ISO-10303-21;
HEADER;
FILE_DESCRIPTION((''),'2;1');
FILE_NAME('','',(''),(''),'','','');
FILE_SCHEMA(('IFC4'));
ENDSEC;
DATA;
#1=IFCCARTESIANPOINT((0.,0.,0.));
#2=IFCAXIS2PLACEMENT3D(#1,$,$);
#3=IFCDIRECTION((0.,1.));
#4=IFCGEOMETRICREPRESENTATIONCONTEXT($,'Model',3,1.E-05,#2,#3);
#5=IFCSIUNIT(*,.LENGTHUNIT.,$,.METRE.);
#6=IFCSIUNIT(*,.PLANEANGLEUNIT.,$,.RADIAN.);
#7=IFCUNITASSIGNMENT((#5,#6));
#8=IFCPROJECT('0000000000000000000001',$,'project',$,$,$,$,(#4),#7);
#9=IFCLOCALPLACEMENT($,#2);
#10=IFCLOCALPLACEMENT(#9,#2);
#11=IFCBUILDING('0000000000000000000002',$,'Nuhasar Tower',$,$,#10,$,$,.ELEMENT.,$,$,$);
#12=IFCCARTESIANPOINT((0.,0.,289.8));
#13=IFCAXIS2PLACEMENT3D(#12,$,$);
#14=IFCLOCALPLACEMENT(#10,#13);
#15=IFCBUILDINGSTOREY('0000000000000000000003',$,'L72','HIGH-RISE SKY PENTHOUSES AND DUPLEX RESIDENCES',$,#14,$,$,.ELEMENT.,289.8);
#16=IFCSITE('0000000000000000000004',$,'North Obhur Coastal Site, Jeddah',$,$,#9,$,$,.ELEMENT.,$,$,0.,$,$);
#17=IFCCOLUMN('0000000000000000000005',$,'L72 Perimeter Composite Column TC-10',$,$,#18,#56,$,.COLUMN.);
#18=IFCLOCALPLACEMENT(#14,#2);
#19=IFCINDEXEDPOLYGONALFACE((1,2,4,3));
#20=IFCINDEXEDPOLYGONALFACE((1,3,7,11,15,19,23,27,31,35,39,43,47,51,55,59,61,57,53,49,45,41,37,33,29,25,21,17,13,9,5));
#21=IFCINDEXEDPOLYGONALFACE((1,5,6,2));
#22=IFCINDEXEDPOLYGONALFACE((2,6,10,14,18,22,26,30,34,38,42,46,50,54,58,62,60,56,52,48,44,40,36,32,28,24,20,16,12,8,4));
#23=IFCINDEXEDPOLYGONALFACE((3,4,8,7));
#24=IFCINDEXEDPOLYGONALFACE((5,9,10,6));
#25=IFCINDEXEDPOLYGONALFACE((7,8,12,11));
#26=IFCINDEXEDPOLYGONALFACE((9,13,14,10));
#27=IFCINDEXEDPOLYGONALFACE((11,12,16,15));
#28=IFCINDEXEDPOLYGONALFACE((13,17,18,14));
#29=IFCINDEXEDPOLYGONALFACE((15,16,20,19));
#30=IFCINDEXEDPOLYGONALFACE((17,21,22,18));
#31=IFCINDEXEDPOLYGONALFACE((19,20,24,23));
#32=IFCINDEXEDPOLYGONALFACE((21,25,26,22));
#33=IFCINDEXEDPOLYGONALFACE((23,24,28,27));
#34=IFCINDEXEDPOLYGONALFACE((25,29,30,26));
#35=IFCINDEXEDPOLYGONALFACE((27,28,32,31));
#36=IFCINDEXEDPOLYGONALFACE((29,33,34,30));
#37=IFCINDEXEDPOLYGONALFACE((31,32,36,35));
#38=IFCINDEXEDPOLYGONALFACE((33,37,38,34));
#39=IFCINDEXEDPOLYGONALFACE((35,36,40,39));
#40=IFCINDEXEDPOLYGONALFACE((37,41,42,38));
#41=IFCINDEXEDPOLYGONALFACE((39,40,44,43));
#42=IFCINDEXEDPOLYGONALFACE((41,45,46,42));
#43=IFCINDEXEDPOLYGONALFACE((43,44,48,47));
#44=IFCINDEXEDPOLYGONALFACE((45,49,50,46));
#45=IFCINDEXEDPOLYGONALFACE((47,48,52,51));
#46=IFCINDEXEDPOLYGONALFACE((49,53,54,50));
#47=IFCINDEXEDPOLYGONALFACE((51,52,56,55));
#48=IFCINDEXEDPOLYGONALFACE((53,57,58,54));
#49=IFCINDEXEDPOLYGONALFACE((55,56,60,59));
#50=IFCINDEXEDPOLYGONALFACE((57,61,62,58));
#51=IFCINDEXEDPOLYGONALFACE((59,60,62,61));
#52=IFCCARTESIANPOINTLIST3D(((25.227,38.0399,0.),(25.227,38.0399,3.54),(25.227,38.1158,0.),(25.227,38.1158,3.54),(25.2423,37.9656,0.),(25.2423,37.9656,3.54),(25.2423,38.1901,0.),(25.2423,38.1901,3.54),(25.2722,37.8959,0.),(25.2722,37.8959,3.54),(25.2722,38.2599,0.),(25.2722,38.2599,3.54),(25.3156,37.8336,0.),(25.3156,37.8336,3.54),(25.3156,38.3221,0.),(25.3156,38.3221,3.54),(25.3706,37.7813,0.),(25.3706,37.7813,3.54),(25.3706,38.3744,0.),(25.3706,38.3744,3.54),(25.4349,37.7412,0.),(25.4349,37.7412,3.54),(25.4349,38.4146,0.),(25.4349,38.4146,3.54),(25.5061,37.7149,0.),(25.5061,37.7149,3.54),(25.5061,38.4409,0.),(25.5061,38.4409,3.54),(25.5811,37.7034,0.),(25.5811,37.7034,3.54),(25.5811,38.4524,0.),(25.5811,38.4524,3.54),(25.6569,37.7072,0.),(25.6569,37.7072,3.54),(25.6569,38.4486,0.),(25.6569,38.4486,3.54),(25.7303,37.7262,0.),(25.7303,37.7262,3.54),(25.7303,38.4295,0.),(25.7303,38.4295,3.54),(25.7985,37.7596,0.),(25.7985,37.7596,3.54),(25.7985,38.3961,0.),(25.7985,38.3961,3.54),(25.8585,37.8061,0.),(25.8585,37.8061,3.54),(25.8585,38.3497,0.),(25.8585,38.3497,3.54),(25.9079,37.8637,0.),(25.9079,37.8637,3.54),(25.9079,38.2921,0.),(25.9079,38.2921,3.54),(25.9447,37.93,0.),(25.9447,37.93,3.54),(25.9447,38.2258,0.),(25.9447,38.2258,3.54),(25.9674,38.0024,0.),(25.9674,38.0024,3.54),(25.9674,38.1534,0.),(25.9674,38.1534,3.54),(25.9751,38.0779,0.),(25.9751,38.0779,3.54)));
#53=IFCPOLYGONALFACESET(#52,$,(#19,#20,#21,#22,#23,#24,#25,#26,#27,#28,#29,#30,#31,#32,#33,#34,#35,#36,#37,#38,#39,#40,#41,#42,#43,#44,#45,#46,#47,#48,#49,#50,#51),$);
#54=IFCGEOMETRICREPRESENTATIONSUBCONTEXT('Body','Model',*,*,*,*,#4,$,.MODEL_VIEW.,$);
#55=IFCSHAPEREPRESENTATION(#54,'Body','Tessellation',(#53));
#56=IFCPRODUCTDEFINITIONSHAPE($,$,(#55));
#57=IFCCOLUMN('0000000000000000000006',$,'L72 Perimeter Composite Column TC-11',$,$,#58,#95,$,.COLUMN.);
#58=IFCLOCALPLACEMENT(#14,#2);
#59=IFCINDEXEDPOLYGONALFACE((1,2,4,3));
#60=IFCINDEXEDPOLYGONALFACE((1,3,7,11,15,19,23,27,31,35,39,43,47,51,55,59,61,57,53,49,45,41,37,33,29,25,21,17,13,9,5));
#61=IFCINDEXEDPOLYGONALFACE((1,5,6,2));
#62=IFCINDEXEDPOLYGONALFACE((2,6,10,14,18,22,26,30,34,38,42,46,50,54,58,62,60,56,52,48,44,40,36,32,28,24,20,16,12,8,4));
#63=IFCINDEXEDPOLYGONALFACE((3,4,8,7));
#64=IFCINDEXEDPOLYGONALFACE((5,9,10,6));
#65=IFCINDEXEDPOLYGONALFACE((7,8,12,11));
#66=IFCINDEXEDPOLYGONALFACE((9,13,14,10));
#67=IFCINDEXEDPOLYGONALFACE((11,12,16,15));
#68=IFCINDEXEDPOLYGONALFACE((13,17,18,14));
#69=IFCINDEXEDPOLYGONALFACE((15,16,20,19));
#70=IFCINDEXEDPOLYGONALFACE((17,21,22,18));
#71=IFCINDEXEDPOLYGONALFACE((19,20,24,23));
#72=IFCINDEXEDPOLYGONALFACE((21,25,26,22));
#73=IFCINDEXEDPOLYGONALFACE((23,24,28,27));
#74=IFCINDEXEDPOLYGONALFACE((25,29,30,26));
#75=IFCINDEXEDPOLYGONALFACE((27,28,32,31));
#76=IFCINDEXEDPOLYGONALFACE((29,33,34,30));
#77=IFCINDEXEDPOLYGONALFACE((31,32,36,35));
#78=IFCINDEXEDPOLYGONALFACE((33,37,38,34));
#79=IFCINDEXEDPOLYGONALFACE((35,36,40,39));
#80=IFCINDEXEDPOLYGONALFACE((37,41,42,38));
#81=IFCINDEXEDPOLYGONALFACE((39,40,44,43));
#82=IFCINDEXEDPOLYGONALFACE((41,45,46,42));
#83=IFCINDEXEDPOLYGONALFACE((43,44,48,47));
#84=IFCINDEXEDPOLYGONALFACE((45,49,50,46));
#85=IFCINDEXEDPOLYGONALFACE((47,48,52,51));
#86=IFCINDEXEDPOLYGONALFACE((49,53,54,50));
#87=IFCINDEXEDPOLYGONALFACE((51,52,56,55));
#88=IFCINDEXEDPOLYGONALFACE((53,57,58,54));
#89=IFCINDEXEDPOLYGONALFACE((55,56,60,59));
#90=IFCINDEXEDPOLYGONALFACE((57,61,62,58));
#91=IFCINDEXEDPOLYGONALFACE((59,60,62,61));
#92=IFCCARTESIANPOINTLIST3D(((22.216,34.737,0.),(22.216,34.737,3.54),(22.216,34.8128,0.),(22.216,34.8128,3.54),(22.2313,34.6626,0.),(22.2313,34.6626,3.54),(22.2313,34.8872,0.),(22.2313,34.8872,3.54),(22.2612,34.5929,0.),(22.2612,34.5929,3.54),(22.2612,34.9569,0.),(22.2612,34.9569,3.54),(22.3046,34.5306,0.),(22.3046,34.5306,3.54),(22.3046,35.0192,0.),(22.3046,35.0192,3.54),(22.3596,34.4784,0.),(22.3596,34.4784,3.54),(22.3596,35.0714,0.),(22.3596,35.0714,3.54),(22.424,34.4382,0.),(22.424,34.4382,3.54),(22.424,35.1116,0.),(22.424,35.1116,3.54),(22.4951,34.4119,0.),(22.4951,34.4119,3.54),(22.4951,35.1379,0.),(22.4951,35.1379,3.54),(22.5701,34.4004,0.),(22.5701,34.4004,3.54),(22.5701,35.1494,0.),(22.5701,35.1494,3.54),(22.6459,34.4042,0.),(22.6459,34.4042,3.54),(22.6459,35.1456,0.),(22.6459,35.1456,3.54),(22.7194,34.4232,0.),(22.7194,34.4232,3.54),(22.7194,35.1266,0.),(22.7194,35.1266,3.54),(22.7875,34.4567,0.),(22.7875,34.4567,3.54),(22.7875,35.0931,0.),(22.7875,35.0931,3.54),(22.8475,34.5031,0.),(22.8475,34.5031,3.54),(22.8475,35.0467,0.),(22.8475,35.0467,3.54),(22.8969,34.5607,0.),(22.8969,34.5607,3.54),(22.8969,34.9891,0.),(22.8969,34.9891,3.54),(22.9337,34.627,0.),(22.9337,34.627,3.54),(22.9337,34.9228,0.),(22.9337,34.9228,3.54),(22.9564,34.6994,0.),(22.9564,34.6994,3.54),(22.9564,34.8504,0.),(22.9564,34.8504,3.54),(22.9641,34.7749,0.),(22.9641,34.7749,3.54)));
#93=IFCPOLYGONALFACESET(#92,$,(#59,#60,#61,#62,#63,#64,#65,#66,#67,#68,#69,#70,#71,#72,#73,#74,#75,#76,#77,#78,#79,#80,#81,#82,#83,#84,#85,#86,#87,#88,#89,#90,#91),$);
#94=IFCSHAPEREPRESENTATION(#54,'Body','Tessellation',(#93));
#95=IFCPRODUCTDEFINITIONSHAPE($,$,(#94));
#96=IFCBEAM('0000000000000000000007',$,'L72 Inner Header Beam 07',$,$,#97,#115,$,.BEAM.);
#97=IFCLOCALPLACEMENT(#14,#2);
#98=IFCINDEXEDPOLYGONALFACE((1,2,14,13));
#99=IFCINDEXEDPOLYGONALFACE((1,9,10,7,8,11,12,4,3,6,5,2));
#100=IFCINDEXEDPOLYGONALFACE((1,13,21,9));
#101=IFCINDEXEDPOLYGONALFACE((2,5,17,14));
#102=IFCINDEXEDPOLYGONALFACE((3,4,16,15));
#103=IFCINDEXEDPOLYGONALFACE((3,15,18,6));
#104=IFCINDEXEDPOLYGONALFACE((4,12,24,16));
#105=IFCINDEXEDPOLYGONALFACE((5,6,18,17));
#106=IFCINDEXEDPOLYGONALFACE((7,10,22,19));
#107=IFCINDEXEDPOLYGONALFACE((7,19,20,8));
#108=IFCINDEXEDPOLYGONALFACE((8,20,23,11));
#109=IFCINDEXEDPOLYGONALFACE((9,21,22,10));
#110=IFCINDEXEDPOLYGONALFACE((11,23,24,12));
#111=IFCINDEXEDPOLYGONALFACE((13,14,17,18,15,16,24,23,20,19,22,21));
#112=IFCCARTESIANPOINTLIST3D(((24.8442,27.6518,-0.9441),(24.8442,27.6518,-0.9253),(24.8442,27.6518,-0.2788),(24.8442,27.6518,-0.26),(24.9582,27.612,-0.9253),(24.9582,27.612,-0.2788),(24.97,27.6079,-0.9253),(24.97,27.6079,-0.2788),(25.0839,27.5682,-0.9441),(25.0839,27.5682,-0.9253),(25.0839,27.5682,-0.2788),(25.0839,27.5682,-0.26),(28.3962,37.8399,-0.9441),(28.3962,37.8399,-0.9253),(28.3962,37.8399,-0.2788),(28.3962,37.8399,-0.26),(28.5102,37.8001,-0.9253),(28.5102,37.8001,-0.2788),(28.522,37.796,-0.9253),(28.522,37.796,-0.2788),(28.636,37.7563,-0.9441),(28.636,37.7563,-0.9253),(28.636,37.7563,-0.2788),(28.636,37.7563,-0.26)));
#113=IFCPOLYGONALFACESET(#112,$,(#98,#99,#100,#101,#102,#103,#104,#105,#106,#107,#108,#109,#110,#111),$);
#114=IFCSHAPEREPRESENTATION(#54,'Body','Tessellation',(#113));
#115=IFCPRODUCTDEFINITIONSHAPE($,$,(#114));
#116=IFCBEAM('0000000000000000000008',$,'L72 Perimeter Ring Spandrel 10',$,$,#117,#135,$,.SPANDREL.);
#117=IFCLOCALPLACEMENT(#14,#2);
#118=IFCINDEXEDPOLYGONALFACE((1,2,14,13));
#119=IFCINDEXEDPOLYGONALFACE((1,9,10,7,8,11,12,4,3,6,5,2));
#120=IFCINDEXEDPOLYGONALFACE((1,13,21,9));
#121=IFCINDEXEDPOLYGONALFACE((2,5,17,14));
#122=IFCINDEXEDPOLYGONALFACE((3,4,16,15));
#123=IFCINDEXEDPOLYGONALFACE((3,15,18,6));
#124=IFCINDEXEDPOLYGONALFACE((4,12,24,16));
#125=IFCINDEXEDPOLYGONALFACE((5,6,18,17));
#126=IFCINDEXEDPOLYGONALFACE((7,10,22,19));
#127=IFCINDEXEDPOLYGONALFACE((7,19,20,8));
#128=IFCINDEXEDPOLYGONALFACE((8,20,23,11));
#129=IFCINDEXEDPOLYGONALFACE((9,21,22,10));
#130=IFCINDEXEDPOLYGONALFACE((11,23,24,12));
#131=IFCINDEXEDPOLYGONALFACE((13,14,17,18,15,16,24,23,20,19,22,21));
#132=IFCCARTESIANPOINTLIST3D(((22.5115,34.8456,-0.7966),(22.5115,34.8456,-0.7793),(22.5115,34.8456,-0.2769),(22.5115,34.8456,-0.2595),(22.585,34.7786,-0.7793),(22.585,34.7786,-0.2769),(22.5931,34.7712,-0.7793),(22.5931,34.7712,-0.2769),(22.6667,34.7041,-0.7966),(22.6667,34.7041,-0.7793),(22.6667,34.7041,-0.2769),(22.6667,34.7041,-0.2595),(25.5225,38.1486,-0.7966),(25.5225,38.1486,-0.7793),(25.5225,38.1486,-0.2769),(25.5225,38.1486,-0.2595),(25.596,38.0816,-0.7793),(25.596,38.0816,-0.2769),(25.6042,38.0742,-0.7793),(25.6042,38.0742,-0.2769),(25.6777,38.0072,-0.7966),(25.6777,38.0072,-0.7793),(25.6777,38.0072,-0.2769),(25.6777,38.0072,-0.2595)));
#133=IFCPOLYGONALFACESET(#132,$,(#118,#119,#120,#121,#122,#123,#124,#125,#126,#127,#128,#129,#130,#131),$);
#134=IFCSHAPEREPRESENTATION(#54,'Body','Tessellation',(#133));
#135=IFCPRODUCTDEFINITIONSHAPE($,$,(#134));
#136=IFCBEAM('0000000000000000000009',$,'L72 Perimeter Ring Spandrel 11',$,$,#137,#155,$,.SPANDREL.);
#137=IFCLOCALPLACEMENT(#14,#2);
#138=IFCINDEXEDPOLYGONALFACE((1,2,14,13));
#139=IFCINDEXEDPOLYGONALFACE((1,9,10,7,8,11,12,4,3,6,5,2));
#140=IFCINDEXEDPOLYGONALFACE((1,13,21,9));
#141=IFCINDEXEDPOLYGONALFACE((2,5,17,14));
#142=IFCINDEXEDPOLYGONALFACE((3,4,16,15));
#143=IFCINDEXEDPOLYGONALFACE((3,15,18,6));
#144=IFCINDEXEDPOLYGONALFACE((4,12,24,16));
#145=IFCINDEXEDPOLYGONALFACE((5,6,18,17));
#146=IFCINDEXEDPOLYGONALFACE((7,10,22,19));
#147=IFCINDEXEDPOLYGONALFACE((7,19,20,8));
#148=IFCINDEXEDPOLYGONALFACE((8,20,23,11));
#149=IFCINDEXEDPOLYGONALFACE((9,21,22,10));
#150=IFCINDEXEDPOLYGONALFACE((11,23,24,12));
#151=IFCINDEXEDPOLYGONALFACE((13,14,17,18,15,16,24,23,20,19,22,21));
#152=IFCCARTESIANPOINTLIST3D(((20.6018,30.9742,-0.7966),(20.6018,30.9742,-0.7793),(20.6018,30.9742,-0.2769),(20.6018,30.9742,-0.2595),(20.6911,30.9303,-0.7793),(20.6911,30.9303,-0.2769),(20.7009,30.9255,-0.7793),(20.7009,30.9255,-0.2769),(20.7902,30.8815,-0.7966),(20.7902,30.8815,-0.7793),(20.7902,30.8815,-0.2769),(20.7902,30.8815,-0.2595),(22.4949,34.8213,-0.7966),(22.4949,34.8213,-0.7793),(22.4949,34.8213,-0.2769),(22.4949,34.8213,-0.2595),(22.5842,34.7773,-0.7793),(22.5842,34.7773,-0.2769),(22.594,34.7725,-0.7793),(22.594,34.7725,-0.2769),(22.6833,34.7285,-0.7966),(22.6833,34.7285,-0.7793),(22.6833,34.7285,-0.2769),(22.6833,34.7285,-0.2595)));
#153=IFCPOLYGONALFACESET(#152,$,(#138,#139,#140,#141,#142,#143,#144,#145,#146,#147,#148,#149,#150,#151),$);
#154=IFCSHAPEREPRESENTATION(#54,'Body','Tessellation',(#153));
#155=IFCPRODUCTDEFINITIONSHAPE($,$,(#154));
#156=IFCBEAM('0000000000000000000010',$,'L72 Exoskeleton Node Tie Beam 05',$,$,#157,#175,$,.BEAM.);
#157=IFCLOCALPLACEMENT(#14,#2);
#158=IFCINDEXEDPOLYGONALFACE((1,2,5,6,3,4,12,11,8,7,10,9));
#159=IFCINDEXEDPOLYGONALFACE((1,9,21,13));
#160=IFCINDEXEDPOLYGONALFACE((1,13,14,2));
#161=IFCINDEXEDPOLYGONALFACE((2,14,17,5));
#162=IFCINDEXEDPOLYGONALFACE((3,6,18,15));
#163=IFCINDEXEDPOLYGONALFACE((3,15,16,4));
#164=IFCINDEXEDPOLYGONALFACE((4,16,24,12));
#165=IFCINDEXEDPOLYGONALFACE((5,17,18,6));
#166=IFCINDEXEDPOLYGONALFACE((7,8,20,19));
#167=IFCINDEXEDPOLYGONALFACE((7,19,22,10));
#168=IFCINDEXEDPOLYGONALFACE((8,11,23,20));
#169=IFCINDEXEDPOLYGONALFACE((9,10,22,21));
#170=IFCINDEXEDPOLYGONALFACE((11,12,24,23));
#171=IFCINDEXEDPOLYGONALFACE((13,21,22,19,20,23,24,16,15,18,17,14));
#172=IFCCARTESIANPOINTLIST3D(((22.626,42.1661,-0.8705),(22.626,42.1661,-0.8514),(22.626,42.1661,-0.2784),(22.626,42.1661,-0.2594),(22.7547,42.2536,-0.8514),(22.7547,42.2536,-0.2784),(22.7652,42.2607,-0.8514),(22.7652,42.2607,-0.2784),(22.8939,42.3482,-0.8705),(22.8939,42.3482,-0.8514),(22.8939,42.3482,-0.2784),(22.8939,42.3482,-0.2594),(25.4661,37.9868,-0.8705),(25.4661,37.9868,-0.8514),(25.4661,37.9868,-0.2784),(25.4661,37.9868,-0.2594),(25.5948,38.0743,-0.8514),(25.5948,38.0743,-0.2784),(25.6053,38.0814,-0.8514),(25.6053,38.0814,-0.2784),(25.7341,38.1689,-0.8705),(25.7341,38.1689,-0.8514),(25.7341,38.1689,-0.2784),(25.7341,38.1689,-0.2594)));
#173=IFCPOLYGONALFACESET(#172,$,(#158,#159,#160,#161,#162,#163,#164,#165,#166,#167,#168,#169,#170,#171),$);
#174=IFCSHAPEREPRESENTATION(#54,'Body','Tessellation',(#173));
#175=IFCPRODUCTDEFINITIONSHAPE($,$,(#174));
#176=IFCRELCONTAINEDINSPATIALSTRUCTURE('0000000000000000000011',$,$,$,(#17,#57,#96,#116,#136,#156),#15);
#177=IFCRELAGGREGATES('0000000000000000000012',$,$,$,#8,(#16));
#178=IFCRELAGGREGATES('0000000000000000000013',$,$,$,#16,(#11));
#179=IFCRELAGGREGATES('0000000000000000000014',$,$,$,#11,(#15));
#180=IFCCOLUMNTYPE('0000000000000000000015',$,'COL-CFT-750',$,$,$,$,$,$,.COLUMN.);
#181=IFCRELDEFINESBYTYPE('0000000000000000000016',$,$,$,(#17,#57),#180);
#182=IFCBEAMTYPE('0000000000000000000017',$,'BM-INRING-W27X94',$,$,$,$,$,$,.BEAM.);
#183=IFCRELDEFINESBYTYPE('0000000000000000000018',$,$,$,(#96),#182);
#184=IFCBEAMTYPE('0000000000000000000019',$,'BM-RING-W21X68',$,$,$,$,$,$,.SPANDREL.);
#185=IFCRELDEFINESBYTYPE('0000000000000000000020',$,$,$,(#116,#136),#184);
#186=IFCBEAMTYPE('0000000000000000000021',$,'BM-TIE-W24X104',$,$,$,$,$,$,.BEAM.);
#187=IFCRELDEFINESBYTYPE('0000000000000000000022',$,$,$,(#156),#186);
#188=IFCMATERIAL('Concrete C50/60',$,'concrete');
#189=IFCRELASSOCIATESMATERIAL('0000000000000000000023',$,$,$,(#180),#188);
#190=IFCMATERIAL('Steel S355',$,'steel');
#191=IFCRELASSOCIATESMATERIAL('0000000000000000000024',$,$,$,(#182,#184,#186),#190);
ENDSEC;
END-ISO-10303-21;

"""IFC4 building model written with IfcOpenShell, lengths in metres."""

from ifc_helpers import new_model, si_unit, direction, frame, origin, origin_2d, place, context, subcontext, project, spatial, circle, i_section, extrude, material, material_profile, profile_set, type_object, element, save


model = new_model("IFC4")

# Units and contexts
model_context = context("Model", 3, precision=1e-05, world=origin(), true_north=direction((0.0, 1.0)))
body_context = subcontext(model_context, "Body", "Model", "MODEL_VIEW")
ifc_project = project(units=[si_unit("LENGTHUNIT", "METRE"), si_unit("PLANEANGLEUNIT", "RADIAN")], contexts=[model_context])

# Site, building, storey
site_placement = place(None, origin())
site = spatial("IfcSite", under=ifc_project, at=site_placement, Name="North Obhur Coastal Site, Jeddah", CompositionType="ELEMENT", RefElevation=0.0)
building_placement = place(site_placement, origin())
building = spatial("IfcBuilding", under=site, at=building_placement, Name="Nuhasar Tower", CompositionType="ELEMENT")
storey_placement = place(building_placement, frame((0.0, 0.0, 289.8)))
storey = spatial("IfcBuildingStorey", under=building, at=storey_placement, Name="L72", Description="HIGH-RISE SKY PENTHOUSES AND DUPLEX RESIDENCES", CompositionType="ELEMENT", Elevation=289.8)

# Columns
ifc_material_1 = material(Name="Concrete C50/60", Category="concrete")
ifc_material_profile_1 = material_profile(ifc_material_1, circle(Radius=0.375, at=origin_2d()), Name="CFT750")
ifc_profile_set_1 = profile_set([ifc_material_profile_1], Name="Concrete C50/60")
column_type = type_object("IfcColumnType", Name="COL-CFT-750", PredefinedType="COLUMN", material=ifc_profile_set_1)
for number, where, z_axis, x_axis, name in (
    (1, (25.6001, 38.0779, 0.0), (0.0, 0.0, 1.0), (1.0, 0.0, 0.0), "L72 Perimeter Composite Column TC-10"),
    (2, (22.5891, 34.7749, 0.0), (0.0, 0.0, 1.0), (1.0, 0.0, 0.0), "L72 Perimeter Composite Column TC-11"),
):
    element("IfcColumn", number, at=place(storey_placement, frame(where, z_axis=z_axis, x_axis=x_axis)), inside=storey, type_object=column_type, Name=name, PredefinedType="COLUMN", context=body_context, shape_type="SweptSolid", body=[
        extrude(circle(Radius=0.375, at=origin_2d()), origin(), (0.0, 0.0, 1.0), 3.54),
    ])

# Beams
ifc_material_2 = material(Name="Steel S355", Category="steel")
ifc_material_profile_2 = material_profile(ifc_material_2, i_section(OverallWidth=0.2539, OverallDepth=0.6841, WebThickness=0.0125, FlangeThickness=0.0188, at=origin_2d()), Name="W27X94")
ifc_profile_set_2 = profile_set([ifc_material_profile_2], Name="Steel S355")
beam_type_1 = type_object("IfcBeamType", Name="BM-INRING-W27X94", PredefinedType="BEAM", material=ifc_profile_set_2)
beam_1_placement = place(storey_placement, frame((28.5161, 37.7981, -0.6021), z_axis=(-0.329211, -0.944256, 0.0), x_axis=(0.944256, -0.329211, 0.0)))
element("IfcBeam", 3, at=beam_1_placement, inside=storey, type_object=beam_type_1, Name="L72 Inner Header Beam 07", PredefinedType="BEAM", context=body_context, shape_type="SweptSolid", body=[
    extrude(i_section(OverallWidth=0.2539, OverallDepth=0.6841, WebThickness=0.0125, FlangeThickness=0.0188, at=origin_2d()), origin(), (0.0, 0.0, 1.0), 10.7896),
])
ifc_material_profile_3 = material_profile(ifc_material_2, i_section(OverallWidth=0.21, OverallDepth=0.5371, WebThickness=0.011, FlangeThickness=0.0173, at=origin_2d()), Name="W21X68")
ifc_profile_set_3 = profile_set([ifc_material_profile_3], Name="Steel S355")
beam_type_2 = type_object("IfcBeamType", Name="BM-RING-W21X68", PredefinedType="SPANDREL", material=ifc_profile_set_3)
beam_2_placement = place(storey_placement, frame((25.6001, 38.0779, -0.5281), z_axis=(-0.673686, -0.739017, 0.0), x_axis=(0.739017, -0.673686, 0.0)))
element("IfcBeam", 4, at=beam_2_placement, inside=storey, type_object=beam_type_2, Name="L72 Perimeter Ring Spandrel 10", PredefinedType="SPANDREL", context=body_context, shape_type="SweptSolid", body=[
    extrude(i_section(OverallWidth=0.21, OverallDepth=0.5371, WebThickness=0.011, FlangeThickness=0.0173, at=origin_2d()), origin(), (0.0, 0.0, 1.0), 4.4695),
])
beam_3_placement = place(storey_placement, frame((22.5891, 34.7749, -0.5281), z_axis=(-0.441533, -0.897245, 0.0), x_axis=(0.897245, -0.441533, 0.0)))
element("IfcBeam", 5, at=beam_3_placement, inside=storey, type_object=beam_type_2, Name="L72 Perimeter Ring Spandrel 11", PredefinedType="SPANDREL", context=body_context, shape_type="SweptSolid", body=[
    extrude(i_section(OverallWidth=0.21, OverallDepth=0.5371, WebThickness=0.011, FlangeThickness=0.0173, at=origin_2d()), origin(), (0.0, 0.0, 1.0), 4.2876),
])
ifc_material_profile_4 = material_profile(ifc_material_2, i_section(OverallWidth=0.324, OverallDepth=0.6111, WebThickness=0.0127, FlangeThickness=0.019, at=origin_2d()), Name="W24X104")
ifc_profile_set_4 = profile_set([ifc_material_profile_4], Name="Steel S355")
beam_type_3 = type_object("IfcBeamType", Name="BM-TIE-W24X104", PredefinedType="BEAM", material=ifc_profile_set_4)
beam_4_placement = place(storey_placement, frame((25.6001, 38.0779, -0.5649), z_axis=(-0.562071, 0.827089, 0.0), x_axis=(-0.827089, -0.562071, 0.0)))
element("IfcBeam", 6, at=beam_4_placement, inside=storey, type_object=beam_type_3, Name="L72 Exoskeleton Node Tie Beam 05", PredefinedType="BEAM", context=body_context, shape_type="SweptSolid", body=[
    extrude(i_section(OverallWidth=0.324, OverallDepth=0.6111, WebThickness=0.0127, FlangeThickness=0.019, at=origin_2d()), origin(), (0.0, 0.0, 1.0), 5.053),
])

save(model, "model.ifc")
